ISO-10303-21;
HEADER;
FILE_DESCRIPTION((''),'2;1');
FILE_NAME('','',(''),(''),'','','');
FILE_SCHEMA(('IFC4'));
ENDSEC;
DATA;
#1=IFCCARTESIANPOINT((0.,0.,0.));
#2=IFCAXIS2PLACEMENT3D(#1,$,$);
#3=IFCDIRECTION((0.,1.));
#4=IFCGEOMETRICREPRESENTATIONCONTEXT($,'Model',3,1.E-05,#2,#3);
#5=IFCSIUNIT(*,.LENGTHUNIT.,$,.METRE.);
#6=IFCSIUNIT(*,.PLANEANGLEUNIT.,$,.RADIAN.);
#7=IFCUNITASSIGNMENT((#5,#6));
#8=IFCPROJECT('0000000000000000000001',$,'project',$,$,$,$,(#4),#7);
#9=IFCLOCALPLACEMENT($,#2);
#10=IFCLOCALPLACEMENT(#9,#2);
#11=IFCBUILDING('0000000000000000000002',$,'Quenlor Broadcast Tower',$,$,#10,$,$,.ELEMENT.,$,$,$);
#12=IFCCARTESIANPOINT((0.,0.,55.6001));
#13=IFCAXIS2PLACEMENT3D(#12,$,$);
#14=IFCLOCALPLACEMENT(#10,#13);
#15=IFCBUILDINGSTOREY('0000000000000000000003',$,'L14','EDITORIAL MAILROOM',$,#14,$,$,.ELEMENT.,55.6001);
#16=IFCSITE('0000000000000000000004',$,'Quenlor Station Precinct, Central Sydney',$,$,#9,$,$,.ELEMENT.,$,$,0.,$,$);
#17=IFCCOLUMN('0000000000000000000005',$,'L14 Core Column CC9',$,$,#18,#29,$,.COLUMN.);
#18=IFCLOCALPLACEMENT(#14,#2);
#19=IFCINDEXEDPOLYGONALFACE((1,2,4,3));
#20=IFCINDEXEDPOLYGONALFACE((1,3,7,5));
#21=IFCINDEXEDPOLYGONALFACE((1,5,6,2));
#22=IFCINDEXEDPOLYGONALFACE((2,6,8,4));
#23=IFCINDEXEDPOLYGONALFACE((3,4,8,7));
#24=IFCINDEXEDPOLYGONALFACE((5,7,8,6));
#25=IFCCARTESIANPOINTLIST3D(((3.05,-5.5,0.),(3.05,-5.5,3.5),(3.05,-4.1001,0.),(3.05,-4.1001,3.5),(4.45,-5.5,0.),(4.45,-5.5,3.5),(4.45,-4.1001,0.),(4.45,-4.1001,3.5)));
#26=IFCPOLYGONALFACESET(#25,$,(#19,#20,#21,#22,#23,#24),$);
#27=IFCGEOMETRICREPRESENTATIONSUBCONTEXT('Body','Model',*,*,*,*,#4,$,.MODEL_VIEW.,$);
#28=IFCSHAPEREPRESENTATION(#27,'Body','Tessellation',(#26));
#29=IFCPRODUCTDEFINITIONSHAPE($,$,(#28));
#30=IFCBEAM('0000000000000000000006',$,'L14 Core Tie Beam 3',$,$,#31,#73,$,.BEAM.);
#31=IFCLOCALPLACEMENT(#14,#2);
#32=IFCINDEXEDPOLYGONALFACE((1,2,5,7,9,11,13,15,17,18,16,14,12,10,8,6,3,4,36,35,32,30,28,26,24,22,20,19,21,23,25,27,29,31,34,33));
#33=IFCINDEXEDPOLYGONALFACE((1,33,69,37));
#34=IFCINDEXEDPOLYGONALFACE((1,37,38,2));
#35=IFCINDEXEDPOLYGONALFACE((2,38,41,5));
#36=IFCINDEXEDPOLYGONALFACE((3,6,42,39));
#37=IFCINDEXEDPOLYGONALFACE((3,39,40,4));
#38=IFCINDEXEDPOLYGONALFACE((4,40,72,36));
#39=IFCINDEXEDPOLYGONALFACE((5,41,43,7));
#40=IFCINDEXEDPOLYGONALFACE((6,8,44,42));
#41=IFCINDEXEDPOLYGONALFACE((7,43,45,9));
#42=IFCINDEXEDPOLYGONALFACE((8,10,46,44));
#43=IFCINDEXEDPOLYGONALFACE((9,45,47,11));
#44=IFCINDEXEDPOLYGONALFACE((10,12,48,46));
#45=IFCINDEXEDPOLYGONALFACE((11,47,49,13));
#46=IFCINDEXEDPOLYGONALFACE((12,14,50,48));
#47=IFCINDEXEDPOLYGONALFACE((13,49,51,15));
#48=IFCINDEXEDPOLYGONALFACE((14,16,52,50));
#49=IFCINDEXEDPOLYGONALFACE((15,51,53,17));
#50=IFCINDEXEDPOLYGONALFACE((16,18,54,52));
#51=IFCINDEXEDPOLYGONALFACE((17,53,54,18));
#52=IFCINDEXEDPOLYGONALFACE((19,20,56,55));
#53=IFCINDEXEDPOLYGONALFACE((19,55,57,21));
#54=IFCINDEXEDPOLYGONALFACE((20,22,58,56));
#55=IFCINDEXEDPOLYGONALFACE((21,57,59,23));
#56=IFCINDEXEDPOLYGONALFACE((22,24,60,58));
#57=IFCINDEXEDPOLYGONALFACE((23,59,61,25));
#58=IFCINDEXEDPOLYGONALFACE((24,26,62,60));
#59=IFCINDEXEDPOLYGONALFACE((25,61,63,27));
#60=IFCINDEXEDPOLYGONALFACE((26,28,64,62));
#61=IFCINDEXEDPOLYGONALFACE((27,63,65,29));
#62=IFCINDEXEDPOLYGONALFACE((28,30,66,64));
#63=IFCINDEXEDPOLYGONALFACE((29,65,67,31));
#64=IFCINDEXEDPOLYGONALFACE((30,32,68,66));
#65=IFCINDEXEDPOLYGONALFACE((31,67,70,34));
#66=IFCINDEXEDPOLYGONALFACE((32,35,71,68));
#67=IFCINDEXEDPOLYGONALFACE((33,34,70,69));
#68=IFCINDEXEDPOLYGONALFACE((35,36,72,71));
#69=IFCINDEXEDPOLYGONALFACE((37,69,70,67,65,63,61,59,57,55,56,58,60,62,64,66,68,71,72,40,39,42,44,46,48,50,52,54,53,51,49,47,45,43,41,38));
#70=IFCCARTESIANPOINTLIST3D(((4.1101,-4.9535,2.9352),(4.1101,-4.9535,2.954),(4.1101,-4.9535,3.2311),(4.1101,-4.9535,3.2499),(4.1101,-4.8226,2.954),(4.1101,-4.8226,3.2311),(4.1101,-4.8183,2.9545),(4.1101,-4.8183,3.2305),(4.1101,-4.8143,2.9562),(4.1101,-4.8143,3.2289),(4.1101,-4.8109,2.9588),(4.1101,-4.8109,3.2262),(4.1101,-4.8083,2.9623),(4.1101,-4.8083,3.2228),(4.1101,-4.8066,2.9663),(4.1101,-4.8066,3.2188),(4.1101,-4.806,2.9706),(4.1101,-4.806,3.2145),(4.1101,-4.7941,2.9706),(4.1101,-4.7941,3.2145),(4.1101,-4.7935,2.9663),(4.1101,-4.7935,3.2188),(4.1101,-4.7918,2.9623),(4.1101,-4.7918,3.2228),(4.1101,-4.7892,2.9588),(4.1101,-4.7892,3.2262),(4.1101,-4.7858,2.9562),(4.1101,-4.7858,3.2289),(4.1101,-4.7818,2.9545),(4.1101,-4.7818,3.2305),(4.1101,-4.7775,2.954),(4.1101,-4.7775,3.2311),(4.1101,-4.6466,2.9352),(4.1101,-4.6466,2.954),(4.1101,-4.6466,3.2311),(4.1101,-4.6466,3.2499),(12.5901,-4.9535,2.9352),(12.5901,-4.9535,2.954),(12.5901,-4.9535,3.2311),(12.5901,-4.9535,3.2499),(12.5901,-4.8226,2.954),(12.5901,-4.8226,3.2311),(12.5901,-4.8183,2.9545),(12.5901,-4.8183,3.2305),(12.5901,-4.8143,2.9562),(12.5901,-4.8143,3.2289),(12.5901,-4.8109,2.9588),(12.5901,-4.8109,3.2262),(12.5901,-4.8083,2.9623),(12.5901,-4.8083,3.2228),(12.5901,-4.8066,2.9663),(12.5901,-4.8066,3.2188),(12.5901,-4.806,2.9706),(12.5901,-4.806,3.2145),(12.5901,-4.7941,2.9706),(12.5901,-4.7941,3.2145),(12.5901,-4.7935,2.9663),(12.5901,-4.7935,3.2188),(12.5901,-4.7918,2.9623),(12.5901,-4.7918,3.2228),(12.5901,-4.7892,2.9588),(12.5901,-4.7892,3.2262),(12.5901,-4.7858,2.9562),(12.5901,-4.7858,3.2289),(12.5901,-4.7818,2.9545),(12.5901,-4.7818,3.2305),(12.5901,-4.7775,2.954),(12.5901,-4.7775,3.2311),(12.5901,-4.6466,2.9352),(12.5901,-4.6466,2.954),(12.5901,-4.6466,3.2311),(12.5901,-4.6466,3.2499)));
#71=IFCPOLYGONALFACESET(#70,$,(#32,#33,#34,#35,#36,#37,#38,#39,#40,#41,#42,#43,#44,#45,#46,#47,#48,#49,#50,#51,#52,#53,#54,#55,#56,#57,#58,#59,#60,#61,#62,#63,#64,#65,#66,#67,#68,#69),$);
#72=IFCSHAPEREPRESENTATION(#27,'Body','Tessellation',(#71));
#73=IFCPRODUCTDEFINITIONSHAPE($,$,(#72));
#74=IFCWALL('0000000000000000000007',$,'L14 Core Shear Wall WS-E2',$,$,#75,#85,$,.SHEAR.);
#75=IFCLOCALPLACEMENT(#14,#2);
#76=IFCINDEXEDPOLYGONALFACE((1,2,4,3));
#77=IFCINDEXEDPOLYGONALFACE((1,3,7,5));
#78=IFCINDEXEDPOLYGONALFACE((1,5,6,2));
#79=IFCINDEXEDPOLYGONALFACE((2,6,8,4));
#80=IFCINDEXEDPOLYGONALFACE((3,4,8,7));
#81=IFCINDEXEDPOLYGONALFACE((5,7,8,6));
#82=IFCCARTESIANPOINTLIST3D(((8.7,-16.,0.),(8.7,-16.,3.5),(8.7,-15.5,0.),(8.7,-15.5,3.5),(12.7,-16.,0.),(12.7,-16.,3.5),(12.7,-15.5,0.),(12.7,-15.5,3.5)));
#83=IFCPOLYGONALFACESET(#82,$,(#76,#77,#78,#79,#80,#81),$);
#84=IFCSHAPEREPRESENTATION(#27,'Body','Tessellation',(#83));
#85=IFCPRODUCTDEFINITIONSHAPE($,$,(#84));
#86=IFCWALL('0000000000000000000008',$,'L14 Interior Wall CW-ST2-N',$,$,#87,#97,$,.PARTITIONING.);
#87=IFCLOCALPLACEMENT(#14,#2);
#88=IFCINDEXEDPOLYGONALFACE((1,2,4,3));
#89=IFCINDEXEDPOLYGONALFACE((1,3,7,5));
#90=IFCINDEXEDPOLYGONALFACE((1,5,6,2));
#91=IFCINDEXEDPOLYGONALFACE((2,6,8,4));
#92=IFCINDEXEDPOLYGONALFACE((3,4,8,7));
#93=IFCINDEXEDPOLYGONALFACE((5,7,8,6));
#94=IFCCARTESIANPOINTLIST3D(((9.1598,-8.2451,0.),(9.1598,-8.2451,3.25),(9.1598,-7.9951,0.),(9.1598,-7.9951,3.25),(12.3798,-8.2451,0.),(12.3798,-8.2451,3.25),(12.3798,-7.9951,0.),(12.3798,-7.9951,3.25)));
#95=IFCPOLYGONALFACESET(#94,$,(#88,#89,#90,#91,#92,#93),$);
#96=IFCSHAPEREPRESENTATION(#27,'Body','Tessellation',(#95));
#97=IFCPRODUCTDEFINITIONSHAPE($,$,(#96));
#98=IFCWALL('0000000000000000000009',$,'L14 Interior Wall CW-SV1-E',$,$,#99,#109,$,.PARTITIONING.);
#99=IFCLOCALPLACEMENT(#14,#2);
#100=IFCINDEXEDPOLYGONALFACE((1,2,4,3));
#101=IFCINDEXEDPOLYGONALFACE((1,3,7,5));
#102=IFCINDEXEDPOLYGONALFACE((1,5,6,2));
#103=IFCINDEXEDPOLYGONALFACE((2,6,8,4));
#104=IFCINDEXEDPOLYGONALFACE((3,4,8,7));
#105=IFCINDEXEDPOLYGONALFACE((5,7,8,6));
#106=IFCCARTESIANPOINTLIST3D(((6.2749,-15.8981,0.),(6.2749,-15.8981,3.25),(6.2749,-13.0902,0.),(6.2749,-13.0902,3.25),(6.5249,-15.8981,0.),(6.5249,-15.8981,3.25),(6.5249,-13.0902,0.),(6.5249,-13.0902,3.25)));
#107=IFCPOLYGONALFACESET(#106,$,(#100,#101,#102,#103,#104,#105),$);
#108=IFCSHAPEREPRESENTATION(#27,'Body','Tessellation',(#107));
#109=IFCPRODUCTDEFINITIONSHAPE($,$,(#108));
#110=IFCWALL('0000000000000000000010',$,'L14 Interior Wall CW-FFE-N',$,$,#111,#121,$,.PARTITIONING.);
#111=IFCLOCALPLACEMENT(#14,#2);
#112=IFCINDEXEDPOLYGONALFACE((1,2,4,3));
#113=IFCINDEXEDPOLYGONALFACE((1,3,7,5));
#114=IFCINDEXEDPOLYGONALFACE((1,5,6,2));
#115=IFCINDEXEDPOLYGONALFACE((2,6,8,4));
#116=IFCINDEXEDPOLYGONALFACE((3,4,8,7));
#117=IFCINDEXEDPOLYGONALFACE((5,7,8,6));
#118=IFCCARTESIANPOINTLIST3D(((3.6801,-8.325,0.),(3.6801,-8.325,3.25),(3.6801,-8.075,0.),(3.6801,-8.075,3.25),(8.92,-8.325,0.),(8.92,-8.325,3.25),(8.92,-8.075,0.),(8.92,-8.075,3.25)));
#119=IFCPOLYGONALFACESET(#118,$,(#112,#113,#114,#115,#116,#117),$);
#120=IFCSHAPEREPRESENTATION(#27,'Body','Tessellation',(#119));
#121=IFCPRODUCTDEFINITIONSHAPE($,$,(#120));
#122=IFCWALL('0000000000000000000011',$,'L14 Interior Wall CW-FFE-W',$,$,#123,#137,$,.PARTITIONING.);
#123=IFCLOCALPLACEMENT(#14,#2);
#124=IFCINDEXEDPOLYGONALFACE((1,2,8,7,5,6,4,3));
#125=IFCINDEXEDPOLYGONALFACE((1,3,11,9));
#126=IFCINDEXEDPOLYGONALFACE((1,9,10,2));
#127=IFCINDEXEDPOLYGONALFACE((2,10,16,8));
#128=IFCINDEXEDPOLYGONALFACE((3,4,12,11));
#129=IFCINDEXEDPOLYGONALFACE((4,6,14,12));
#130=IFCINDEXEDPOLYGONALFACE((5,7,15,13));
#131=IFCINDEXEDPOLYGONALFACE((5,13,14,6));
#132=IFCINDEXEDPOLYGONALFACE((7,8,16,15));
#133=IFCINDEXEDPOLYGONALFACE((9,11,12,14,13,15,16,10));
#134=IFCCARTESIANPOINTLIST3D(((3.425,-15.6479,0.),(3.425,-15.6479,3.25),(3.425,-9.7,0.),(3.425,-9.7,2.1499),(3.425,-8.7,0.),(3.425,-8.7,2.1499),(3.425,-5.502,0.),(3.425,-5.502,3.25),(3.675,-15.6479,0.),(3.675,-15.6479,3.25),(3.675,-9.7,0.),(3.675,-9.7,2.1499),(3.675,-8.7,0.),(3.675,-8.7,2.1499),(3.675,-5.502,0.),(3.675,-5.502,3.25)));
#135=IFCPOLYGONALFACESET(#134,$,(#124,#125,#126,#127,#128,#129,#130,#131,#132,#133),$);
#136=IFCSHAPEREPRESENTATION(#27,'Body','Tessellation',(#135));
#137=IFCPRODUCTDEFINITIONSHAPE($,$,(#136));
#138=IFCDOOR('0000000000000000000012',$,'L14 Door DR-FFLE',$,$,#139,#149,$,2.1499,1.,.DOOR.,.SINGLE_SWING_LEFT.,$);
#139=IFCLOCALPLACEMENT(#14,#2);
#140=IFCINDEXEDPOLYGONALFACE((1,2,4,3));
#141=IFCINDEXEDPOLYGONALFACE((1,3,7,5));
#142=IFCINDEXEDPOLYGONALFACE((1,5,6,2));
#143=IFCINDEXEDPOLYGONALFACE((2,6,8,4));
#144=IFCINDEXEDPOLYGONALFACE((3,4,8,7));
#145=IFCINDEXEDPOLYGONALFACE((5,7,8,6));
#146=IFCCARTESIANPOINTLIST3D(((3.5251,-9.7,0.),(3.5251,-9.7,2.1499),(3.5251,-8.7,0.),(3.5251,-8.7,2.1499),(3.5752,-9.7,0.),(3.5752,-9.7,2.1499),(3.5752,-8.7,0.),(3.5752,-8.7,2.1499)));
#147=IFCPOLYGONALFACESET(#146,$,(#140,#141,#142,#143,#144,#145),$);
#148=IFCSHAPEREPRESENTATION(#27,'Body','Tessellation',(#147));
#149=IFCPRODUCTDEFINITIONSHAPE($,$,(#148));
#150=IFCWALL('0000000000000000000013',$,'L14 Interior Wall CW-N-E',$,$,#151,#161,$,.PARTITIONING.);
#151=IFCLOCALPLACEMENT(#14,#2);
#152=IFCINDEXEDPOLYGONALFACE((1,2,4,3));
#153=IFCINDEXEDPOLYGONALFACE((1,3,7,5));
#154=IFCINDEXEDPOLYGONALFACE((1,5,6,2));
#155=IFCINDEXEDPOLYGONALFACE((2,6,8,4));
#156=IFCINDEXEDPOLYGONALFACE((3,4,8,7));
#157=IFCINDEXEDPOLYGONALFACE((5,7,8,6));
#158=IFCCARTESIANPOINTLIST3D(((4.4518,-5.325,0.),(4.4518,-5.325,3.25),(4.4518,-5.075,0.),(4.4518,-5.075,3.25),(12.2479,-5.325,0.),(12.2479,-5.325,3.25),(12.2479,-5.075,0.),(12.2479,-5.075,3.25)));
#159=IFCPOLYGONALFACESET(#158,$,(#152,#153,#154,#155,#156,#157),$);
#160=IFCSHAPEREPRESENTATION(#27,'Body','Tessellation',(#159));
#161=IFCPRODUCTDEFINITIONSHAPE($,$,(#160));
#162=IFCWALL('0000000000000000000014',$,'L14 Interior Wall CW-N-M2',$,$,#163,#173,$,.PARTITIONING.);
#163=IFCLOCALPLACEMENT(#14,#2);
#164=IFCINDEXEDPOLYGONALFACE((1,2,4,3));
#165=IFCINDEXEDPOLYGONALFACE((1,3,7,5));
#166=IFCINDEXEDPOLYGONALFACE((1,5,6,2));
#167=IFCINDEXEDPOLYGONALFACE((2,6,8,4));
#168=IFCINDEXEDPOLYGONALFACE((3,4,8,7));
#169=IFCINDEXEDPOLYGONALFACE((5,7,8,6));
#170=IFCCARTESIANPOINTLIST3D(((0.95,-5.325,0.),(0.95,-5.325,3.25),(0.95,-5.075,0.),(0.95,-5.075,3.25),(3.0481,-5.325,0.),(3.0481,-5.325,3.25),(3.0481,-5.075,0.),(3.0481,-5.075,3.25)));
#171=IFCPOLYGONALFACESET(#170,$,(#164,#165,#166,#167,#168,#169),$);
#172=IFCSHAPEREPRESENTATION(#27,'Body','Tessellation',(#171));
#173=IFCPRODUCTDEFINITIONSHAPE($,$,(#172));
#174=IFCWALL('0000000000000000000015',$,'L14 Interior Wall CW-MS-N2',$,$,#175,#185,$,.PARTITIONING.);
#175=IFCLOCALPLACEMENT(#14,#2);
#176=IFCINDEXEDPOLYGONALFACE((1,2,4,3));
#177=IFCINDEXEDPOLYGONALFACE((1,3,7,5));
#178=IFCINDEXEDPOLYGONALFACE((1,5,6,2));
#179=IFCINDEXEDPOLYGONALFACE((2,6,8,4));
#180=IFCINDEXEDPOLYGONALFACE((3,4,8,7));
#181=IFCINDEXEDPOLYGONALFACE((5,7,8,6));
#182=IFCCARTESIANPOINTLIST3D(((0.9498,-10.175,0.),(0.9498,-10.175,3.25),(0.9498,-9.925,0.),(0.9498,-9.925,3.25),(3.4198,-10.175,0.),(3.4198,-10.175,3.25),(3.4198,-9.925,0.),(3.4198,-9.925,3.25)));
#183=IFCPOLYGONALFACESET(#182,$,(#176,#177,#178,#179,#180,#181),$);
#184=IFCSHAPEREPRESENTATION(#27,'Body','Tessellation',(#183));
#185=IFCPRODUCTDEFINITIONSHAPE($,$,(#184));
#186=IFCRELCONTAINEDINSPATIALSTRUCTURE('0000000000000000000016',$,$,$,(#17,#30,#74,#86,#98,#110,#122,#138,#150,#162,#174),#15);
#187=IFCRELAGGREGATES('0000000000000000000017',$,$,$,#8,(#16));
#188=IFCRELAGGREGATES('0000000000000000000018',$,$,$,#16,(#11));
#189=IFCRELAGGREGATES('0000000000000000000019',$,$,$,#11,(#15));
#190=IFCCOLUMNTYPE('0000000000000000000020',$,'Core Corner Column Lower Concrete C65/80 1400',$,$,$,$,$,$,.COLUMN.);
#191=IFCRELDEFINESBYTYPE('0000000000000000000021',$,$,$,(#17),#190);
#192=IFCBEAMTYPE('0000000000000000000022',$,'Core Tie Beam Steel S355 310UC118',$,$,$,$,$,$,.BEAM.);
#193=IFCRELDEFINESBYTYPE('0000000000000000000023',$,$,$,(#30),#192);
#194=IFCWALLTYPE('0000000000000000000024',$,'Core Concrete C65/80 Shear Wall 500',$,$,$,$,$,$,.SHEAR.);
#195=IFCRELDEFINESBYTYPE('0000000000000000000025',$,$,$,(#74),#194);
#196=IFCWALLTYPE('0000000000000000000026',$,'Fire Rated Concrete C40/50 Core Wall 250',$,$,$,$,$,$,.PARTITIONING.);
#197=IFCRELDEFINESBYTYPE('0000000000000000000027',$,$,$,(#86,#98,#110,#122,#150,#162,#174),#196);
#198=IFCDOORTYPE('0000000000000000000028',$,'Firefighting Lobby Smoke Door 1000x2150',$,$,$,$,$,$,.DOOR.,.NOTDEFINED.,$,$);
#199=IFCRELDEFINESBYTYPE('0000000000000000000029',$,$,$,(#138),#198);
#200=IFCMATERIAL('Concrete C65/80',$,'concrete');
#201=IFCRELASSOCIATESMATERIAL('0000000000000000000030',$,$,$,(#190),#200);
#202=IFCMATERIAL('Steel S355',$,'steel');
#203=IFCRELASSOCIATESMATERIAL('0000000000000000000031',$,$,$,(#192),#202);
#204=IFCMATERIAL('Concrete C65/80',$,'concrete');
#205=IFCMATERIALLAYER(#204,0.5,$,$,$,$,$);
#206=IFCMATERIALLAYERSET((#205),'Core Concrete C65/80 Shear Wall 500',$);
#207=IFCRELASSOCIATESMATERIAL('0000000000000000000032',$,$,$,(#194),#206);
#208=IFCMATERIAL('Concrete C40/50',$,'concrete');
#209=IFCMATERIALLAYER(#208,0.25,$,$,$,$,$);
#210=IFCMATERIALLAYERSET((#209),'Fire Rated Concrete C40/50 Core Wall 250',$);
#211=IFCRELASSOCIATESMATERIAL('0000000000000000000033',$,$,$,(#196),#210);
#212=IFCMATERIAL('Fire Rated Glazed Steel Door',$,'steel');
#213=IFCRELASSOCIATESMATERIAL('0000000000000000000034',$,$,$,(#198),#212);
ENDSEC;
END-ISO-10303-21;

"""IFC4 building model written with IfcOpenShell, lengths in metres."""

from ifc_helpers import new_model, si_unit, direction, frame, frame_2d, origin, origin_2d, place, context, subcontext, project, spatial, rectangle, i_section, extrude, material, layer, layer_set, material_profile, profile_set, type_object, element, fill, save


model = new_model("IFC4")

# Units and contexts
model_context = context("Model", 3, precision=1e-05, world=origin(), true_north=direction((0.0, 1.0)))
body_context = subcontext(model_context, "Body", "Model", "MODEL_VIEW")
ifc_project = project(units=[si_unit("LENGTHUNIT", "METRE"), si_unit("PLANEANGLEUNIT", "RADIAN")], contexts=[model_context])

# Site, building, storey
site_placement = place(None, origin())
site = spatial("IfcSite", under=ifc_project, at=site_placement, Name="Quenlor Station Precinct, Central Sydney", CompositionType="ELEMENT", RefElevation=0.0)
building_placement = place(site_placement, origin())
building = spatial("IfcBuilding", under=site, at=building_placement, Name="Quenlor Broadcast Tower", CompositionType="ELEMENT")
storey_placement = place(building_placement, frame((0.0, 0.0, 55.6001)))
storey = spatial("IfcBuildingStorey", under=building, at=storey_placement, Name="L14", Description="EDITORIAL MAILROOM", CompositionType="ELEMENT", Elevation=55.6001)

# Column
ifc_material_1 = material(Name="Concrete C65/80", Category="concrete")
ifc_material_profile_1 = material_profile(ifc_material_1, rectangle(XDim=1.3999, YDim=1.3999, at=origin_2d()))
ifc_profile_set_1 = profile_set([ifc_material_profile_1], Name="Concrete C65/80 RC1400x1400")
column_type = type_object("IfcColumnType", Name="Core Corner Column Lower Concrete C65/80 1400", PredefinedType="COLUMN", material=ifc_profile_set_1)
column_placement = place(storey_placement, frame((3.75, -4.8, 0.0), z_axis=(0.0, 0.0, 1.0), x_axis=(1.0, 0.0, 0.0)))
element("IfcColumn", 1, at=column_placement, inside=storey, type_object=column_type, Name="L14 Core Column CC9", PredefinedType="COLUMN", context=body_context, shape_type="SweptSolid", body=[
    extrude(rectangle(XDim=1.3999, YDim=1.3999, at=origin_2d()), origin(), (0.0, 0.0, 1.0), 3.5),
])

# Beam
ifc_material_2 = material(Name="Steel S355", Category="steel")
ifc_material_profile_2 = material_profile(ifc_material_2, i_section(OverallWidth=0.3069, OverallDepth=0.3147, WebThickness=0.012, FlangeThickness=0.0188, FilletRadius=0.0166, at=origin_2d()))
ifc_profile_set_2 = profile_set([ifc_material_profile_2], Name="Steel S355 310UC118")
beam_type = type_object("IfcBeamType", Name="Core Tie Beam Steel S355 310UC118", PredefinedType="BEAM", material=ifc_profile_set_2)
beam_placement = place(storey_placement, frame((4.1101, -4.8, 3.0925), z_axis=(1.0, 0.0, 0.0), x_axis=(0.0, 1.0, 0.0)))
element("IfcBeam", 2, at=beam_placement, inside=storey, type_object=beam_type, Name="L14 Core Tie Beam 3", PredefinedType="BEAM", context=body_context, shape_type="SweptSolid", body=[
    extrude(i_section(OverallWidth=0.3069, OverallDepth=0.3147, WebThickness=0.012, FlangeThickness=0.0188, FilletRadius=0.0166, at=origin_2d()), origin(), (0.0, 0.0, 1.0), 8.48),
])

# Wall
ifc_material_3 = material(Name="Concrete C65/80", Category="concrete")
ifc_layer_1 = layer(ifc_material_3, 0.5)
ifc_layer_set_1 = layer_set([ifc_layer_1], Name="Core Concrete C65/80 Shear Wall 500")
wall_type_1 = type_object("IfcWallType", Name="Core Concrete C65/80 Shear Wall 500", PredefinedType="SHEAR", material=ifc_layer_set_1)
wall_1_placement = place(storey_placement, frame((8.7, -15.75, 0.0), z_axis=(0.0, 0.0, 1.0), x_axis=(1.0, 0.0, 0.0)))
element("IfcWall", 3, at=wall_1_placement, inside=storey, type_object=wall_type_1, Name="L14 Core Shear Wall WS-E2", PredefinedType="SHEAR", context=body_context, shape_type="SweptSolid", body=[
    extrude(rectangle(XDim=4.0, YDim=0.5, at=frame_2d((2.0, 0.0))), origin(), (0.0, 0.0, 1.0), 3.5),
])

# Shared definitions
ifc_material_4 = material(Name="Concrete C40/50", Category="concrete")
ifc_layer_2 = layer(ifc_material_4, 0.25)
ifc_layer_set_2 = layer_set([ifc_layer_2], Name="Fire Rated Concrete C40/50 Core Wall 250")
wall_type_2 = type_object("IfcWallType", Name="Fire Rated Concrete C40/50 Core Wall 250", PredefinedType="PARTITIONING", material=ifc_layer_set_2)

# Wall
wall_2_placement = place(storey_placement, frame((9.1599, -8.1201, 0.0), z_axis=(0.0, 0.0, 1.0), x_axis=(1.0, 0.0, 0.0)))
element("IfcWall", 4, at=wall_2_placement, inside=storey, type_object=wall_type_2, Name="L14 Interior Wall CW-ST2-N", PredefinedType="PARTITIONING", context=body_context, shape_type="SweptSolid", body=[
    extrude(rectangle(XDim=3.22, YDim=0.25, at=frame_2d((1.6099, 0.0))), origin(), (0.0, 0.0, 1.0), 3.25),
])

# Walls
wall_3_placement = place(storey_placement, frame((6.3999, -15.8979, 0.0), z_axis=(0.0, 0.0, 1.0), x_axis=(0.0, 1.0, 0.0)))
element("IfcWall", 5, at=wall_3_placement, inside=storey, type_object=wall_type_2, Name="L14 Interior Wall CW-SV1-E", PredefinedType="PARTITIONING", context=body_context, shape_type="SweptSolid", body=[
    extrude(rectangle(XDim=2.8079, YDim=0.25, at=frame_2d((1.4038, 0.0))), origin(), (0.0, 0.0, 1.0), 3.25),
])
wall_4_placement = place(storey_placement, frame((3.6799, -8.2, 0.0), z_axis=(0.0, 0.0, 1.0), x_axis=(1.0, 0.0, 0.0)))
element("IfcWall", 6, at=wall_4_placement, inside=storey, type_object=wall_type_2, Name="L14 Interior Wall CW-FFE-N", PredefinedType="PARTITIONING", context=body_context, shape_type="SweptSolid", body=[
    extrude(rectangle(XDim=5.24, YDim=0.25, at=frame_2d((2.6201, 0.0))), origin(), (0.0, 0.0, 1.0), 3.25),
])

# Wall, opening, door
wall_5_placement = place(storey_placement, frame((3.55, -15.6479, 0.0), z_axis=(0.0, 0.0, 1.0), x_axis=(0.0, 1.0, 0.0)))
wall_5 = element("IfcWall", 7, at=wall_5_placement, inside=storey, type_object=wall_type_2, Name="L14 Interior Wall CW-FFE-W", PredefinedType="PARTITIONING", context=body_context, shape_type="SweptSolid", body=[
    extrude(rectangle(XDim=10.146, YDim=0.25, at=frame_2d((5.073, 0.0))), origin(), (0.0, 0.0, 1.0), 3.25),
])
opening_1_placement = place(wall_5_placement, frame((5.948, 0.0, 0.0)))
opening_1 = element("IfcOpeningElement", 8, at=opening_1_placement, cuts=wall_5, PredefinedType="OPENING", context=body_context, shape_type="SweptSolid", body=[
    extrude(rectangle(XDim=1.0, YDim=2.1499, at=frame_2d((0.5, 1.075))), frame((0.0, 0.135, 0.0), z_axis=(0.0, -1.0, 0.0), x_axis=(1.0, 0.0, 0.0)), (0.0, 0.0, 1.0), 0.27),
])
ifc_material_5 = material(Name="Fire Rated Glazed Steel Door", Category="steel")
door_type_1 = type_object("IfcDoorType", Name="Firefighting Lobby Smoke Door 1000x2150", OperationType="NOTDEFINED", PredefinedType="DOOR", material=ifc_material_5)
door_1_placement = place(opening_1_placement, origin())
door_1 = element("IfcDoor", 9, at=door_1_placement, inside=storey, type_object=door_type_1, Name="L14 Door DR-FFLE", OperationType="SINGLE_SWING_LEFT", OverallHeight=2.1499, OverallWidth=1.0, PredefinedType="DOOR", context=body_context, shape_type="SweptSolid", body=[
    extrude(rectangle(XDim=1.0, YDim=2.1499, at=frame_2d((0.5, 1.075))), frame((0.0, 0.0249, 0.0), z_axis=(0.0, -1.0, 0.0), x_axis=(1.0, 0.0, 0.0)), (0.0, 0.0, 1.0), 0.05),
])
fill(opening_1, door_1)

# Walls
wall_6_placement = place(storey_placement, frame((4.4519, -5.2, 0.0), z_axis=(0.0, 0.0, 1.0), x_axis=(1.0, 0.0, 0.0)))
element("IfcWall", 10, at=wall_6_placement, inside=storey, type_object=wall_type_2, Name="L14 Interior Wall CW-N-E", PredefinedType="PARTITIONING", context=body_context, shape_type="SweptSolid", body=[
    extrude(rectangle(XDim=7.7961, YDim=0.25, at=frame_2d((3.8979, 0.0))), origin(), (0.0, 0.0, 1.0), 3.25),
])
wall_7_placement = place(storey_placement, frame((0.95, -5.2, 0.0), z_axis=(0.0, 0.0, 1.0), x_axis=(1.0, 0.0, 0.0)))
element("IfcWall", 11, at=wall_7_placement, inside=storey, type_object=wall_type_2, Name="L14 Interior Wall CW-N-M2", PredefinedType="PARTITIONING", context=body_context, shape_type="SweptSolid", body=[
    extrude(rectangle(XDim=2.0981, YDim=0.25, at=frame_2d((1.0491, 0.0))), origin(), (0.0, 0.0, 1.0), 3.25),
])
wall_8_placement = place(storey_placement, frame((0.95, -10.05, 0.0), z_axis=(0.0, 0.0, 1.0), x_axis=(1.0, 0.0, 0.0)))
element("IfcWall", 12, at=wall_8_placement, inside=storey, type_object=wall_type_2, Name="L14 Interior Wall CW-MS-N2", PredefinedType="PARTITIONING", context=body_context, shape_type="SweptSolid", body=[
    extrude(rectangle(XDim=2.47, YDim=0.25, at=frame_2d((1.2349, 0.0))), origin(), (0.0, 0.0, 1.0), 3.25),
])

save(model, "model.ifc")
